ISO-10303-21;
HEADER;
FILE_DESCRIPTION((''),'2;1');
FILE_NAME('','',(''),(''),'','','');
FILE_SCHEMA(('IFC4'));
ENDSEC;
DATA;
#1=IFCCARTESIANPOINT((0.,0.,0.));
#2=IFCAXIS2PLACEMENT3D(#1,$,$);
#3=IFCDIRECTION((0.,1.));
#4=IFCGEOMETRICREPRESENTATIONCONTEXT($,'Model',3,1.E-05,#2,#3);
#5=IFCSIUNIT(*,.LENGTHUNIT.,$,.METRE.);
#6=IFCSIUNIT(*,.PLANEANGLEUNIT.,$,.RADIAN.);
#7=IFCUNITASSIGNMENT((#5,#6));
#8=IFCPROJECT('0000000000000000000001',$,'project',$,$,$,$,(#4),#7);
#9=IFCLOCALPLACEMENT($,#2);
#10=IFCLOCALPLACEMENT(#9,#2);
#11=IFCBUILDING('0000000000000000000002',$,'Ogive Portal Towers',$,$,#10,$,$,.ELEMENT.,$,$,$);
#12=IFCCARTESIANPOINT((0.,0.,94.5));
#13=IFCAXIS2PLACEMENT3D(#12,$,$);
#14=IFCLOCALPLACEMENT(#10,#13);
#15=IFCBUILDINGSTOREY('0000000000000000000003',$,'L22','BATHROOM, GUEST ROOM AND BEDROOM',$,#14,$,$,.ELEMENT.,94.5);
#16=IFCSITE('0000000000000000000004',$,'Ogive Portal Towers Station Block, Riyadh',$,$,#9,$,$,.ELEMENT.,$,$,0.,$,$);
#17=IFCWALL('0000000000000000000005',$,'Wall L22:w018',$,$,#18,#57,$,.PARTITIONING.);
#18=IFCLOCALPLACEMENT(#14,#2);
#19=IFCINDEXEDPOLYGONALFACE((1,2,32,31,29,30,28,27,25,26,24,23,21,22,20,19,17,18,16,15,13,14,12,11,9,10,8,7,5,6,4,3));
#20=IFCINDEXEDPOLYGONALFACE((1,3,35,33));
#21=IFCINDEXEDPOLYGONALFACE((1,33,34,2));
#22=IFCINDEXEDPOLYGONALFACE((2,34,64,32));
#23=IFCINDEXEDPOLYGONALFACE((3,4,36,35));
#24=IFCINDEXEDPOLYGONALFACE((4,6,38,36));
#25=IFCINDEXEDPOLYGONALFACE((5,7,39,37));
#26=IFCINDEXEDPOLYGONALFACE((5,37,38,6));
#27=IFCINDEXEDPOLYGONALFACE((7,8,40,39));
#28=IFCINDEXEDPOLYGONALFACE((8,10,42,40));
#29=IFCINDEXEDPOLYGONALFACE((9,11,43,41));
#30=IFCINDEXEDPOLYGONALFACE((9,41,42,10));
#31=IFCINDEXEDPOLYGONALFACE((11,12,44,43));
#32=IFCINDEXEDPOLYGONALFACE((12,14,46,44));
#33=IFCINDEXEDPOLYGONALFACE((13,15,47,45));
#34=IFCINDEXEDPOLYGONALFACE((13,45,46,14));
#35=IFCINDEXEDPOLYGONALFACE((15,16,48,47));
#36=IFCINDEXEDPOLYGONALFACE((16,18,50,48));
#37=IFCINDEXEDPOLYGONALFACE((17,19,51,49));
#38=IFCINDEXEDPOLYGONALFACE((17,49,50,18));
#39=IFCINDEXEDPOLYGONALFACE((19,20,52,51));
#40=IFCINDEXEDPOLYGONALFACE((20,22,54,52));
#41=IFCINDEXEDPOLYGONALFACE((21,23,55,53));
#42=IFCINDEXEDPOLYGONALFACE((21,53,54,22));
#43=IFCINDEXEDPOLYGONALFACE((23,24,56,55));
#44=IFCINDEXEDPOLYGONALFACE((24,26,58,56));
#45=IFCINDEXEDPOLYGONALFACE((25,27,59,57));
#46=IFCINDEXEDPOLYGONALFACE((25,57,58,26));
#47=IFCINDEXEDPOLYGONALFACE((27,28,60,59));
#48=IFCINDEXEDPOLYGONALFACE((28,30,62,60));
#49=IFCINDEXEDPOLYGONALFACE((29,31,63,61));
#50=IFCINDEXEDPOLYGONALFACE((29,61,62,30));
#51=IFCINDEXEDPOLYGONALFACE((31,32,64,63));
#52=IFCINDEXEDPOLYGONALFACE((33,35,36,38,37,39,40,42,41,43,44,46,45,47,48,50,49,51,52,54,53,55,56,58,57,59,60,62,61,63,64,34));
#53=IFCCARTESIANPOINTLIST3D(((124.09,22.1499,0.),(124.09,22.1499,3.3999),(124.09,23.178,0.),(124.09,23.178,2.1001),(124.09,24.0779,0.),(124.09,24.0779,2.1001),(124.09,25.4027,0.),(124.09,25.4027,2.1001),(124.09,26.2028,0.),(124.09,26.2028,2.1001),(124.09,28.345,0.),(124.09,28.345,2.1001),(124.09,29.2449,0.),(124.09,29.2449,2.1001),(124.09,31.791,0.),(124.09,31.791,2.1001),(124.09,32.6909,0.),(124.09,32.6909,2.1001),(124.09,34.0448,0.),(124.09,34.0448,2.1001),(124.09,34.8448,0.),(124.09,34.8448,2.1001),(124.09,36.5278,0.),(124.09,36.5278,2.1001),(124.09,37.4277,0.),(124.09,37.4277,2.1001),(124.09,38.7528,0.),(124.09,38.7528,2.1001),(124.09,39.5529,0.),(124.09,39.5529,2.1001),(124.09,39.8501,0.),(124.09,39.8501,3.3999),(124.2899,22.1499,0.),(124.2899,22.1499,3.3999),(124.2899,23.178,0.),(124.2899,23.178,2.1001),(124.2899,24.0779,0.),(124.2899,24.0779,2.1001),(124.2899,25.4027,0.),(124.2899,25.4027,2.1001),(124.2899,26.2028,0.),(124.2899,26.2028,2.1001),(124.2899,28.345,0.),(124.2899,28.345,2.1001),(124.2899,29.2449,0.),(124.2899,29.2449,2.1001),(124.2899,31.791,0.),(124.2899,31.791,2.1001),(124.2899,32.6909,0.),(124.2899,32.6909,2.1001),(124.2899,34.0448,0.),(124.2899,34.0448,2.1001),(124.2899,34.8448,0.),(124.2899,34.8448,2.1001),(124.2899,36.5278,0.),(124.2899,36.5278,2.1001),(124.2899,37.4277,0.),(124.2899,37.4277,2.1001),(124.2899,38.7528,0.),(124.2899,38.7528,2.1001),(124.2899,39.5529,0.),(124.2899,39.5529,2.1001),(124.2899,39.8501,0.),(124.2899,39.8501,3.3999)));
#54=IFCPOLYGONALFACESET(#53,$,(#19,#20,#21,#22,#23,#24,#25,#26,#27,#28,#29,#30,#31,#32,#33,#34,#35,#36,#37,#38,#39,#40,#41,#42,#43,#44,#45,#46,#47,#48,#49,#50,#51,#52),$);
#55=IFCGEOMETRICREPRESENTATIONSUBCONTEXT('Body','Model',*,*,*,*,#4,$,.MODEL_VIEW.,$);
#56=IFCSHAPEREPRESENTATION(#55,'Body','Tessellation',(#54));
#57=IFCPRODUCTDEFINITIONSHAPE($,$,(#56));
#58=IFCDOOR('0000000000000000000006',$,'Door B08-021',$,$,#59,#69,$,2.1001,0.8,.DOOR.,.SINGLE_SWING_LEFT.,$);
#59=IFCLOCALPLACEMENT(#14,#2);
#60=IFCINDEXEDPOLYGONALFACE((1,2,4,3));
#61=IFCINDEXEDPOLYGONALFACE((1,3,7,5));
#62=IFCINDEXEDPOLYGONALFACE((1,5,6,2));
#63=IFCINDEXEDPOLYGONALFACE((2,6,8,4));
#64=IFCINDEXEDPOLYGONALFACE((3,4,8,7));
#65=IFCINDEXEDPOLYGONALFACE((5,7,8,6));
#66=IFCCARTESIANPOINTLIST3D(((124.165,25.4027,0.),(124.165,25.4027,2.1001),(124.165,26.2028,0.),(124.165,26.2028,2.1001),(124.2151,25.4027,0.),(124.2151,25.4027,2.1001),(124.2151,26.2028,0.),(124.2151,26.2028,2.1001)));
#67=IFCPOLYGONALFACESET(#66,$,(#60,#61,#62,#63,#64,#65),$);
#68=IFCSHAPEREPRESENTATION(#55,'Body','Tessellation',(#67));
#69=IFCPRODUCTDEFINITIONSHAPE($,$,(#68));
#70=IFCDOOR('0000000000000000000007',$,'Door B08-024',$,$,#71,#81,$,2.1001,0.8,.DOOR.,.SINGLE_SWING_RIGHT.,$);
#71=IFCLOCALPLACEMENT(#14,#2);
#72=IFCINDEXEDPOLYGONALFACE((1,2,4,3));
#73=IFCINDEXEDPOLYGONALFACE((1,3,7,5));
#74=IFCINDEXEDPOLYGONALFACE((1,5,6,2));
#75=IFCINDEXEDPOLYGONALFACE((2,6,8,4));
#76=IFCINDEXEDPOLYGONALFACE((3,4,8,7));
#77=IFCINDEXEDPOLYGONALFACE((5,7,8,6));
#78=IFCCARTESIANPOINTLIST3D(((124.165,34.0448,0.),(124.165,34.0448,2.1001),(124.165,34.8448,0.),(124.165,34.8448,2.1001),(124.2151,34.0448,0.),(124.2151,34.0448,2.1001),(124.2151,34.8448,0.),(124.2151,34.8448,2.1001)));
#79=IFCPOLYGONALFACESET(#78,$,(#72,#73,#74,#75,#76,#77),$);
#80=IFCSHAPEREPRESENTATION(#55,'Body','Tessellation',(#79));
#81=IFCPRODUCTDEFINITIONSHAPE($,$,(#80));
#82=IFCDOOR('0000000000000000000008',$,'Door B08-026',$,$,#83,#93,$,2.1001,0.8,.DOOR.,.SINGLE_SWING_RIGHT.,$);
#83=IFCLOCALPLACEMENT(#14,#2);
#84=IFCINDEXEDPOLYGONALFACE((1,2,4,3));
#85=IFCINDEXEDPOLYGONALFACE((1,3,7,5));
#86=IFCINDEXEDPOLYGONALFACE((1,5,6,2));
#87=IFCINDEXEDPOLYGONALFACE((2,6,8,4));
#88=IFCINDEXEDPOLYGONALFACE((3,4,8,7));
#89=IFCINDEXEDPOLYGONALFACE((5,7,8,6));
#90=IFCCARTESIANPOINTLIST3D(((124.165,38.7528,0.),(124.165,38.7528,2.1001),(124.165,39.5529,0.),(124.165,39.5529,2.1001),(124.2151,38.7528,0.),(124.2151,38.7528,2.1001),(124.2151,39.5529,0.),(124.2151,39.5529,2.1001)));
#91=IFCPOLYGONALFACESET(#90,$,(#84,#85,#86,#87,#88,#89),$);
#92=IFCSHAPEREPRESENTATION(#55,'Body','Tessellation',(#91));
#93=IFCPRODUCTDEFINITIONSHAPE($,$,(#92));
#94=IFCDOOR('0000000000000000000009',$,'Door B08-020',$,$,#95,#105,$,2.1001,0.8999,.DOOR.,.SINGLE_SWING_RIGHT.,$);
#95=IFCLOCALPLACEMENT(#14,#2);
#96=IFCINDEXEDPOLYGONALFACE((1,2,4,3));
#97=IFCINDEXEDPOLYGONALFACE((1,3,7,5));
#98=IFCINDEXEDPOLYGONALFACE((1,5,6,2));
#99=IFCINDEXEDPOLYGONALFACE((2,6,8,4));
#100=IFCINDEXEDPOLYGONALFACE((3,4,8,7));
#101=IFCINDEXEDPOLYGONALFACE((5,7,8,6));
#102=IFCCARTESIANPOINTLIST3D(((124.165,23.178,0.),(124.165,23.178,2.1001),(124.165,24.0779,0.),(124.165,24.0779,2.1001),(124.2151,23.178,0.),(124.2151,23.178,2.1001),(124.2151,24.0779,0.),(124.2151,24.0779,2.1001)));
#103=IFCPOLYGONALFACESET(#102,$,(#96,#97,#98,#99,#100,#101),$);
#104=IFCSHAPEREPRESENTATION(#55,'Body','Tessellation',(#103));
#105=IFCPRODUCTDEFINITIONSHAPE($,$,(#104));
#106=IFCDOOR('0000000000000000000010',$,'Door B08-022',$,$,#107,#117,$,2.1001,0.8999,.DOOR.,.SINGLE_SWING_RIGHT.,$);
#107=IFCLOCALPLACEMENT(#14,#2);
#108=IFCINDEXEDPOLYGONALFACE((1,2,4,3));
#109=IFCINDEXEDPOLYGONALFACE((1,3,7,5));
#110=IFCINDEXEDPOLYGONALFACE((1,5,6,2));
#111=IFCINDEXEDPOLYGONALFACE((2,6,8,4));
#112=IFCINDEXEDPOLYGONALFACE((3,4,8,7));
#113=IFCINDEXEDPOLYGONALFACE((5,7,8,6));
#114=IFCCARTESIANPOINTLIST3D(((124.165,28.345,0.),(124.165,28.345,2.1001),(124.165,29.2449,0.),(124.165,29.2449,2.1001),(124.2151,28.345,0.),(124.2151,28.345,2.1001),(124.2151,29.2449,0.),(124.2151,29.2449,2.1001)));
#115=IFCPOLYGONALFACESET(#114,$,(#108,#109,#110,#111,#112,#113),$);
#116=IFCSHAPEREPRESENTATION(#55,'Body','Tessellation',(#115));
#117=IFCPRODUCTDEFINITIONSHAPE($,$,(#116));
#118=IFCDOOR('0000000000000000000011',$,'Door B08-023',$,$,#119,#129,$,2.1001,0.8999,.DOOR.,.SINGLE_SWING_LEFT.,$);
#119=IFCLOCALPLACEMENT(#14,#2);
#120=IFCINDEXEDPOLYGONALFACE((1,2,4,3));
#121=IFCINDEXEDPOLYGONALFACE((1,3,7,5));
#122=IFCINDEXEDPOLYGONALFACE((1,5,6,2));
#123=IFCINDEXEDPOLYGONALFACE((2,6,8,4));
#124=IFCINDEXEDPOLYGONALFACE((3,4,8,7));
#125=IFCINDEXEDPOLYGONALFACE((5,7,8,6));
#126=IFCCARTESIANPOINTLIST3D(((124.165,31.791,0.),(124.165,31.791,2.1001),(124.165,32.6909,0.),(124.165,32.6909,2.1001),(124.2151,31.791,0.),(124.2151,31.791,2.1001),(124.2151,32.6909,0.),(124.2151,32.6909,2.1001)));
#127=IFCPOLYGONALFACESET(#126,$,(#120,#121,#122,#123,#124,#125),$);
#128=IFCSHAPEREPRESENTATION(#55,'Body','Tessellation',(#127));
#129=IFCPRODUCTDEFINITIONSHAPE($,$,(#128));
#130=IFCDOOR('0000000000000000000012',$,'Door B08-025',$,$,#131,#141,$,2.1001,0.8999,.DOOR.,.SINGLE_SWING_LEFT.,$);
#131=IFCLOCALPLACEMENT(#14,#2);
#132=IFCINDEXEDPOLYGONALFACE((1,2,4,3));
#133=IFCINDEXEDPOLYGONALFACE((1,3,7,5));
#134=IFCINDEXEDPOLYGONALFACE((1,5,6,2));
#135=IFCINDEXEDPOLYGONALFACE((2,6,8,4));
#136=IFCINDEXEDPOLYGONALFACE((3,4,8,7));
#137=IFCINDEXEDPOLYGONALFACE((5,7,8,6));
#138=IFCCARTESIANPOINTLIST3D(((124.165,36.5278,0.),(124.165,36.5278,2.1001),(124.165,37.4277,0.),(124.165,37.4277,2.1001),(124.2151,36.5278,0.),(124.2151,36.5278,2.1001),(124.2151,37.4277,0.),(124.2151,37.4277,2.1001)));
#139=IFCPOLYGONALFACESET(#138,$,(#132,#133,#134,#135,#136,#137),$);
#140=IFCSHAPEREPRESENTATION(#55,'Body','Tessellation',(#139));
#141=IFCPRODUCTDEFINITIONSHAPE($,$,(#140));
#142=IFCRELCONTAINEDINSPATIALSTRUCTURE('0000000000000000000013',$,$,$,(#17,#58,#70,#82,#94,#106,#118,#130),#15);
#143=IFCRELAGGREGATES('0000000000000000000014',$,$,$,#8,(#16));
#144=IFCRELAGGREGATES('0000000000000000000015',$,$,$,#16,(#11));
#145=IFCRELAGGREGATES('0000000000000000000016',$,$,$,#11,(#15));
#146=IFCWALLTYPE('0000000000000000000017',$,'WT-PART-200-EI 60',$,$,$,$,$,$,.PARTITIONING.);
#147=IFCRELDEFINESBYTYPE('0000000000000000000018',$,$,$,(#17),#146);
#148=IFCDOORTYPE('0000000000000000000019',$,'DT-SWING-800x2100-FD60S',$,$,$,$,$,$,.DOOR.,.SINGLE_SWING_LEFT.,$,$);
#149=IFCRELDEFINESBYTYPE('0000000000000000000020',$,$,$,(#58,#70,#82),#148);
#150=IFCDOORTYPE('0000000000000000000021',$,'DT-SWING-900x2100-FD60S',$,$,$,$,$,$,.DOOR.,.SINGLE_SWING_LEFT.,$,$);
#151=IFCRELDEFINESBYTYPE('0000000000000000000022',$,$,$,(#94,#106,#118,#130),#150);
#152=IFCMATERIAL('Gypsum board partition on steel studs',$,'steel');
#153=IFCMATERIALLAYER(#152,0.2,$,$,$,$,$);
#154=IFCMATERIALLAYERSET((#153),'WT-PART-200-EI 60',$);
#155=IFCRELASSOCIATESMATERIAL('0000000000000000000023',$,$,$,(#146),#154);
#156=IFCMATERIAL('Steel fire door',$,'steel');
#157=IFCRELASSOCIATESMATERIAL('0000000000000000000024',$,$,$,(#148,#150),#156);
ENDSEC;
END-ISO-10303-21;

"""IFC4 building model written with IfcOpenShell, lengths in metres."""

from ifc_helpers import new_model, si_unit, direction, frame, frame_2d, origin, place, context, subcontext, project, spatial, rectangle, extrude, material, layer, layer_set, type_object, element, fill, save


model = new_model("IFC4")

# Units and contexts
model_context = context("Model", 3, precision=1e-05, world=origin(), true_north=direction((0.0, 1.0)))
body_context = subcontext(model_context, "Body", "Model", "MODEL_VIEW")
ifc_project = project(units=[si_unit("LENGTHUNIT", "METRE"), si_unit("PLANEANGLEUNIT", "RADIAN")], contexts=[model_context])

# Site, building, storey
site_placement = place(None, origin())
site = spatial("IfcSite", under=ifc_project, at=site_placement, Name="Ogive Portal Towers Station Block, Riyadh", CompositionType="ELEMENT", RefElevation=0.0)
building_placement = place(site_placement, origin())
building = spatial("IfcBuilding", under=site, at=building_placement, Name="Ogive Portal Towers", CompositionType="ELEMENT")
storey_placement = place(building_placement, frame((0.0, 0.0, 94.5)))
storey = spatial("IfcBuildingStorey", under=building, at=storey_placement, Name="L22", Description="BATHROOM, GUEST ROOM AND BEDROOM", CompositionType="ELEMENT", Elevation=94.5)

# Wall, openings, doors
ifc_material_1 = material(Name="Gypsum board partition on steel studs", Category="steel")
ifc_layer_1 = layer(ifc_material_1, 0.2)
ifc_layer_set_1 = layer_set([ifc_layer_1], Name="WT-PART-200-EI 60")
wall_type = type_object("IfcWallType", Name="WT-PART-200-EI 60", PredefinedType="PARTITIONING", material=ifc_layer_set_1)
ifc_material_2 = material(Name="Steel fire door", Category="steel")
door_type_1 = type_object("IfcDoorType", Name="DT-SWING-800x2100-FD60S", OperationType="SINGLE_SWING_LEFT", PredefinedType="DOOR", material=ifc_material_2)
door_type_2 = type_object("IfcDoorType", Name="DT-SWING-900x2100-FD60S", OperationType="SINGLE_SWING_LEFT", PredefinedType="DOOR", material=ifc_material_2)
wall_1_placement = place(storey_placement, frame((124.1899, 22.1499, 0.0), z_axis=(0.0, 0.0, 1.0), x_axis=(0.0, 1.0, 0.0)))
wall_1 = element("IfcWall", 1, at=wall_1_placement, inside=storey, type_object=wall_type, Name="Wall L22:w018", PredefinedType="PARTITIONING", context=body_context, shape_type="SweptSolid", body=[
    extrude(rectangle(XDim=17.7002, YDim=0.2, at=frame_2d((8.8501, 0.0))), origin(), (0.0, 0.0, 1.0), 3.3999),
])
opening_1_placement = place(wall_1_placement, frame((1.0281, 0.0, 0.0)))
opening_1 = element("IfcOpeningElement", 2, at=opening_1_placement, cuts=wall_1, PredefinedType="OPENING", context=body_context, shape_type="SweptSolid", body=[
    extrude(rectangle(XDim=0.8999, YDim=2.1001, at=frame_2d((0.45, 1.05))), frame((0.0, 0.1099, 0.0), z_axis=(0.0, -1.0, 0.0), x_axis=(1.0, 0.0, 0.0)), (0.0, 0.0, 1.0), 0.22),
])
opening_2_placement = place(wall_1_placement, frame((3.2529, 0.0, 0.0)))
opening_2 = element("IfcOpeningElement", 3, at=opening_2_placement, cuts=wall_1, PredefinedType="OPENING", context=body_context, shape_type="SweptSolid", body=[
    extrude(rectangle(XDim=0.8, YDim=2.1001, at=frame_2d((0.3999, 1.05))), frame((0.0, 0.1099, 0.0), z_axis=(0.0, -1.0, 0.0), x_axis=(1.0, 0.0, 0.0)), (0.0, 0.0, 1.0), 0.22),
])
opening_3_placement = place(wall_1_placement, frame((6.1951, 0.0, 0.0)))
opening_3 = element("IfcOpeningElement", 4, at=opening_3_placement, cuts=wall_1, PredefinedType="OPENING", context=body_context, shape_type="SweptSolid", body=[
    extrude(rectangle(XDim=0.8999, YDim=2.1001, at=frame_2d((0.45, 1.05))), frame((0.0, 0.1099, 0.0), z_axis=(0.0, -1.0, 0.0), x_axis=(1.0, 0.0, 0.0)), (0.0, 0.0, 1.0), 0.22),
])
opening_4_placement = place(wall_1_placement, frame((9.6411, 0.0, 0.0)))
opening_4 = element("IfcOpeningElement", 5, at=opening_4_placement, cuts=wall_1, PredefinedType="OPENING", context=body_context, shape_type="SweptSolid", body=[
    extrude(rectangle(XDim=0.8999, YDim=2.1001, at=frame_2d((0.45, 1.05))), frame((0.0, 0.1099, 0.0), z_axis=(0.0, -1.0, 0.0), x_axis=(1.0, 0.0, 0.0)), (0.0, 0.0, 1.0), 0.22),
])
opening_5_placement = place(wall_1_placement, frame((11.895, 0.0, 0.0)))
opening_5 = element("IfcOpeningElement", 6, at=opening_5_placement, cuts=wall_1, PredefinedType="OPENING", context=body_context, shape_type="SweptSolid", body=[
    extrude(rectangle(XDim=0.8, YDim=2.1001, at=frame_2d((0.3999, 1.05))), frame((0.0, 0.1099, 0.0), z_axis=(0.0, -1.0, 0.0), x_axis=(1.0, 0.0, 0.0)), (0.0, 0.0, 1.0), 0.22),
])
opening_6_placement = place(wall_1_placement, frame((14.3779, 0.0, 0.0)))
opening_6 = element("IfcOpeningElement", 7, at=opening_6_placement, cuts=wall_1, PredefinedType="OPENING", context=body_context, shape_type="SweptSolid", body=[
    extrude(rectangle(XDim=0.8999, YDim=2.1001, at=frame_2d((0.45, 1.05))), frame((0.0, 0.1099, 0.0), z_axis=(0.0, -1.0, 0.0), x_axis=(1.0, 0.0, 0.0)), (0.0, 0.0, 1.0), 0.22),
])
opening_7_placement = place(wall_1_placement, frame((16.603, 0.0, 0.0)))
opening_7 = element("IfcOpeningElement", 8, at=opening_7_placement, cuts=wall_1, PredefinedType="OPENING", context=body_context, shape_type="SweptSolid", body=[
    extrude(rectangle(XDim=0.8, YDim=2.1001, at=frame_2d((0.3999, 1.05))), frame((0.0, 0.1099, 0.0), z_axis=(0.0, -1.0, 0.0), x_axis=(1.0, 0.0, 0.0)), (0.0, 0.0, 1.0), 0.22),
])
door_1_placement = place(opening_2_placement, origin())
door_1 = element("IfcDoor", 9, at=door_1_placement, inside=storey, type_object=door_type_1, Name="Door B08-021", OperationType="SINGLE_SWING_LEFT", OverallHeight=2.1001, OverallWidth=0.8, PredefinedType="DOOR", context=body_context, shape_type="SweptSolid", body=[
    extrude(rectangle(XDim=0.8, YDim=2.1001, at=frame_2d((0.3999, 1.05))), frame((0.0, 0.0249, 0.0), z_axis=(0.0, -1.0, 0.0), x_axis=(1.0, 0.0, 0.0)), (0.0, 0.0, 1.0), 0.05),
])
fill(opening_2, door_1)
door_2_placement = place(opening_5_placement, origin())
door_2 = element("IfcDoor", 10, at=door_2_placement, inside=storey, type_object=door_type_1, Name="Door B08-024", OperationType="SINGLE_SWING_RIGHT", OverallHeight=2.1001, OverallWidth=0.8, PredefinedType="DOOR", context=body_context, shape_type="SweptSolid", body=[
    extrude(rectangle(XDim=0.8, YDim=2.1001, at=frame_2d((0.3999, 1.05))), frame((0.0, 0.0249, 0.0), z_axis=(0.0, -1.0, 0.0), x_axis=(1.0, 0.0, 0.0)), (0.0, 0.0, 1.0), 0.05),
])
fill(opening_5, door_2)
door_3_placement = place(opening_7_placement, origin())
door_3 = element("IfcDoor", 11, at=door_3_placement, inside=storey, type_object=door_type_1, Name="Door B08-026", OperationType="SINGLE_SWING_RIGHT", OverallHeight=2.1001, OverallWidth=0.8, PredefinedType="DOOR", context=body_context, shape_type="SweptSolid", body=[
    extrude(rectangle(XDim=0.8, YDim=2.1001, at=frame_2d((0.3999, 1.05))), frame((0.0, 0.0249, 0.0), z_axis=(0.0, -1.0, 0.0), x_axis=(1.0, 0.0, 0.0)), (0.0, 0.0, 1.0), 0.05),
])
fill(opening_7, door_3)
door_4_placement = place(opening_1_placement, origin())
door_4 = element("IfcDoor", 12, at=door_4_placement, inside=storey, type_object=door_type_2, Name="Door B08-020", OperationType="SINGLE_SWING_RIGHT", OverallHeight=2.1001, OverallWidth=0.8999, PredefinedType="DOOR", context=body_context, shape_type="SweptSolid", body=[
    extrude(rectangle(XDim=0.8999, YDim=2.1001, at=frame_2d((0.45, 1.05))), frame((0.0, 0.0249, 0.0), z_axis=(0.0, -1.0, 0.0), x_axis=(1.0, 0.0, 0.0)), (0.0, 0.0, 1.0), 0.05),
])
fill(opening_1, door_4)
door_5_placement = place(opening_3_placement, origin())
door_5 = element("IfcDoor", 13, at=door_5_placement, inside=storey, type_object=door_type_2, Name="Door B08-022", OperationType="SINGLE_SWING_RIGHT", OverallHeight=2.1001, OverallWidth=0.8999, PredefinedType="DOOR", context=body_context, shape_type="SweptSolid", body=[
    extrude(rectangle(XDim=0.8999, YDim=2.1001, at=frame_2d((0.45, 1.05))), frame((0.0, 0.0249, 0.0), z_axis=(0.0, -1.0, 0.0), x_axis=(1.0, 0.0, 0.0)), (0.0, 0.0, 1.0), 0.05),
])
fill(opening_3, door_5)
door_6_placement = place(opening_4_placement, origin())
door_6 = element("IfcDoor", 14, at=door_6_placement, inside=storey, type_object=door_type_2, Name="Door B08-023", OperationType="SINGLE_SWING_LEFT", OverallHeight=2.1001, OverallWidth=0.8999, PredefinedType="DOOR", context=body_context, shape_type="SweptSolid", body=[
    extrude(rectangle(XDim=0.8999, YDim=2.1001, at=frame_2d((0.45, 1.05))), frame((0.0, 0.0249, 0.0), z_axis=(0.0, -1.0, 0.0), x_axis=(1.0, 0.0, 0.0)), (0.0, 0.0, 1.0), 0.05),
])
fill(opening_4, door_6)
door_7_placement = place(opening_6_placement, origin())
door_7 = element("IfcDoor", 15, at=door_7_placement, inside=storey, type_object=door_type_2, Name="Door B08-025", OperationType="SINGLE_SWING_LEFT", OverallHeight=2.1001, OverallWidth=0.8999, PredefinedType="DOOR", context=body_context, shape_type="SweptSolid", body=[
    extrude(rectangle(XDim=0.8999, YDim=2.1001, at=frame_2d((0.45, 1.05))), frame((0.0, 0.0249, 0.0), z_axis=(0.0, -1.0, 0.0), x_axis=(1.0, 0.0, 0.0)), (0.0, 0.0, 1.0), 0.05),
])
fill(opening_6, door_7)

save(model, "model.ifc")
